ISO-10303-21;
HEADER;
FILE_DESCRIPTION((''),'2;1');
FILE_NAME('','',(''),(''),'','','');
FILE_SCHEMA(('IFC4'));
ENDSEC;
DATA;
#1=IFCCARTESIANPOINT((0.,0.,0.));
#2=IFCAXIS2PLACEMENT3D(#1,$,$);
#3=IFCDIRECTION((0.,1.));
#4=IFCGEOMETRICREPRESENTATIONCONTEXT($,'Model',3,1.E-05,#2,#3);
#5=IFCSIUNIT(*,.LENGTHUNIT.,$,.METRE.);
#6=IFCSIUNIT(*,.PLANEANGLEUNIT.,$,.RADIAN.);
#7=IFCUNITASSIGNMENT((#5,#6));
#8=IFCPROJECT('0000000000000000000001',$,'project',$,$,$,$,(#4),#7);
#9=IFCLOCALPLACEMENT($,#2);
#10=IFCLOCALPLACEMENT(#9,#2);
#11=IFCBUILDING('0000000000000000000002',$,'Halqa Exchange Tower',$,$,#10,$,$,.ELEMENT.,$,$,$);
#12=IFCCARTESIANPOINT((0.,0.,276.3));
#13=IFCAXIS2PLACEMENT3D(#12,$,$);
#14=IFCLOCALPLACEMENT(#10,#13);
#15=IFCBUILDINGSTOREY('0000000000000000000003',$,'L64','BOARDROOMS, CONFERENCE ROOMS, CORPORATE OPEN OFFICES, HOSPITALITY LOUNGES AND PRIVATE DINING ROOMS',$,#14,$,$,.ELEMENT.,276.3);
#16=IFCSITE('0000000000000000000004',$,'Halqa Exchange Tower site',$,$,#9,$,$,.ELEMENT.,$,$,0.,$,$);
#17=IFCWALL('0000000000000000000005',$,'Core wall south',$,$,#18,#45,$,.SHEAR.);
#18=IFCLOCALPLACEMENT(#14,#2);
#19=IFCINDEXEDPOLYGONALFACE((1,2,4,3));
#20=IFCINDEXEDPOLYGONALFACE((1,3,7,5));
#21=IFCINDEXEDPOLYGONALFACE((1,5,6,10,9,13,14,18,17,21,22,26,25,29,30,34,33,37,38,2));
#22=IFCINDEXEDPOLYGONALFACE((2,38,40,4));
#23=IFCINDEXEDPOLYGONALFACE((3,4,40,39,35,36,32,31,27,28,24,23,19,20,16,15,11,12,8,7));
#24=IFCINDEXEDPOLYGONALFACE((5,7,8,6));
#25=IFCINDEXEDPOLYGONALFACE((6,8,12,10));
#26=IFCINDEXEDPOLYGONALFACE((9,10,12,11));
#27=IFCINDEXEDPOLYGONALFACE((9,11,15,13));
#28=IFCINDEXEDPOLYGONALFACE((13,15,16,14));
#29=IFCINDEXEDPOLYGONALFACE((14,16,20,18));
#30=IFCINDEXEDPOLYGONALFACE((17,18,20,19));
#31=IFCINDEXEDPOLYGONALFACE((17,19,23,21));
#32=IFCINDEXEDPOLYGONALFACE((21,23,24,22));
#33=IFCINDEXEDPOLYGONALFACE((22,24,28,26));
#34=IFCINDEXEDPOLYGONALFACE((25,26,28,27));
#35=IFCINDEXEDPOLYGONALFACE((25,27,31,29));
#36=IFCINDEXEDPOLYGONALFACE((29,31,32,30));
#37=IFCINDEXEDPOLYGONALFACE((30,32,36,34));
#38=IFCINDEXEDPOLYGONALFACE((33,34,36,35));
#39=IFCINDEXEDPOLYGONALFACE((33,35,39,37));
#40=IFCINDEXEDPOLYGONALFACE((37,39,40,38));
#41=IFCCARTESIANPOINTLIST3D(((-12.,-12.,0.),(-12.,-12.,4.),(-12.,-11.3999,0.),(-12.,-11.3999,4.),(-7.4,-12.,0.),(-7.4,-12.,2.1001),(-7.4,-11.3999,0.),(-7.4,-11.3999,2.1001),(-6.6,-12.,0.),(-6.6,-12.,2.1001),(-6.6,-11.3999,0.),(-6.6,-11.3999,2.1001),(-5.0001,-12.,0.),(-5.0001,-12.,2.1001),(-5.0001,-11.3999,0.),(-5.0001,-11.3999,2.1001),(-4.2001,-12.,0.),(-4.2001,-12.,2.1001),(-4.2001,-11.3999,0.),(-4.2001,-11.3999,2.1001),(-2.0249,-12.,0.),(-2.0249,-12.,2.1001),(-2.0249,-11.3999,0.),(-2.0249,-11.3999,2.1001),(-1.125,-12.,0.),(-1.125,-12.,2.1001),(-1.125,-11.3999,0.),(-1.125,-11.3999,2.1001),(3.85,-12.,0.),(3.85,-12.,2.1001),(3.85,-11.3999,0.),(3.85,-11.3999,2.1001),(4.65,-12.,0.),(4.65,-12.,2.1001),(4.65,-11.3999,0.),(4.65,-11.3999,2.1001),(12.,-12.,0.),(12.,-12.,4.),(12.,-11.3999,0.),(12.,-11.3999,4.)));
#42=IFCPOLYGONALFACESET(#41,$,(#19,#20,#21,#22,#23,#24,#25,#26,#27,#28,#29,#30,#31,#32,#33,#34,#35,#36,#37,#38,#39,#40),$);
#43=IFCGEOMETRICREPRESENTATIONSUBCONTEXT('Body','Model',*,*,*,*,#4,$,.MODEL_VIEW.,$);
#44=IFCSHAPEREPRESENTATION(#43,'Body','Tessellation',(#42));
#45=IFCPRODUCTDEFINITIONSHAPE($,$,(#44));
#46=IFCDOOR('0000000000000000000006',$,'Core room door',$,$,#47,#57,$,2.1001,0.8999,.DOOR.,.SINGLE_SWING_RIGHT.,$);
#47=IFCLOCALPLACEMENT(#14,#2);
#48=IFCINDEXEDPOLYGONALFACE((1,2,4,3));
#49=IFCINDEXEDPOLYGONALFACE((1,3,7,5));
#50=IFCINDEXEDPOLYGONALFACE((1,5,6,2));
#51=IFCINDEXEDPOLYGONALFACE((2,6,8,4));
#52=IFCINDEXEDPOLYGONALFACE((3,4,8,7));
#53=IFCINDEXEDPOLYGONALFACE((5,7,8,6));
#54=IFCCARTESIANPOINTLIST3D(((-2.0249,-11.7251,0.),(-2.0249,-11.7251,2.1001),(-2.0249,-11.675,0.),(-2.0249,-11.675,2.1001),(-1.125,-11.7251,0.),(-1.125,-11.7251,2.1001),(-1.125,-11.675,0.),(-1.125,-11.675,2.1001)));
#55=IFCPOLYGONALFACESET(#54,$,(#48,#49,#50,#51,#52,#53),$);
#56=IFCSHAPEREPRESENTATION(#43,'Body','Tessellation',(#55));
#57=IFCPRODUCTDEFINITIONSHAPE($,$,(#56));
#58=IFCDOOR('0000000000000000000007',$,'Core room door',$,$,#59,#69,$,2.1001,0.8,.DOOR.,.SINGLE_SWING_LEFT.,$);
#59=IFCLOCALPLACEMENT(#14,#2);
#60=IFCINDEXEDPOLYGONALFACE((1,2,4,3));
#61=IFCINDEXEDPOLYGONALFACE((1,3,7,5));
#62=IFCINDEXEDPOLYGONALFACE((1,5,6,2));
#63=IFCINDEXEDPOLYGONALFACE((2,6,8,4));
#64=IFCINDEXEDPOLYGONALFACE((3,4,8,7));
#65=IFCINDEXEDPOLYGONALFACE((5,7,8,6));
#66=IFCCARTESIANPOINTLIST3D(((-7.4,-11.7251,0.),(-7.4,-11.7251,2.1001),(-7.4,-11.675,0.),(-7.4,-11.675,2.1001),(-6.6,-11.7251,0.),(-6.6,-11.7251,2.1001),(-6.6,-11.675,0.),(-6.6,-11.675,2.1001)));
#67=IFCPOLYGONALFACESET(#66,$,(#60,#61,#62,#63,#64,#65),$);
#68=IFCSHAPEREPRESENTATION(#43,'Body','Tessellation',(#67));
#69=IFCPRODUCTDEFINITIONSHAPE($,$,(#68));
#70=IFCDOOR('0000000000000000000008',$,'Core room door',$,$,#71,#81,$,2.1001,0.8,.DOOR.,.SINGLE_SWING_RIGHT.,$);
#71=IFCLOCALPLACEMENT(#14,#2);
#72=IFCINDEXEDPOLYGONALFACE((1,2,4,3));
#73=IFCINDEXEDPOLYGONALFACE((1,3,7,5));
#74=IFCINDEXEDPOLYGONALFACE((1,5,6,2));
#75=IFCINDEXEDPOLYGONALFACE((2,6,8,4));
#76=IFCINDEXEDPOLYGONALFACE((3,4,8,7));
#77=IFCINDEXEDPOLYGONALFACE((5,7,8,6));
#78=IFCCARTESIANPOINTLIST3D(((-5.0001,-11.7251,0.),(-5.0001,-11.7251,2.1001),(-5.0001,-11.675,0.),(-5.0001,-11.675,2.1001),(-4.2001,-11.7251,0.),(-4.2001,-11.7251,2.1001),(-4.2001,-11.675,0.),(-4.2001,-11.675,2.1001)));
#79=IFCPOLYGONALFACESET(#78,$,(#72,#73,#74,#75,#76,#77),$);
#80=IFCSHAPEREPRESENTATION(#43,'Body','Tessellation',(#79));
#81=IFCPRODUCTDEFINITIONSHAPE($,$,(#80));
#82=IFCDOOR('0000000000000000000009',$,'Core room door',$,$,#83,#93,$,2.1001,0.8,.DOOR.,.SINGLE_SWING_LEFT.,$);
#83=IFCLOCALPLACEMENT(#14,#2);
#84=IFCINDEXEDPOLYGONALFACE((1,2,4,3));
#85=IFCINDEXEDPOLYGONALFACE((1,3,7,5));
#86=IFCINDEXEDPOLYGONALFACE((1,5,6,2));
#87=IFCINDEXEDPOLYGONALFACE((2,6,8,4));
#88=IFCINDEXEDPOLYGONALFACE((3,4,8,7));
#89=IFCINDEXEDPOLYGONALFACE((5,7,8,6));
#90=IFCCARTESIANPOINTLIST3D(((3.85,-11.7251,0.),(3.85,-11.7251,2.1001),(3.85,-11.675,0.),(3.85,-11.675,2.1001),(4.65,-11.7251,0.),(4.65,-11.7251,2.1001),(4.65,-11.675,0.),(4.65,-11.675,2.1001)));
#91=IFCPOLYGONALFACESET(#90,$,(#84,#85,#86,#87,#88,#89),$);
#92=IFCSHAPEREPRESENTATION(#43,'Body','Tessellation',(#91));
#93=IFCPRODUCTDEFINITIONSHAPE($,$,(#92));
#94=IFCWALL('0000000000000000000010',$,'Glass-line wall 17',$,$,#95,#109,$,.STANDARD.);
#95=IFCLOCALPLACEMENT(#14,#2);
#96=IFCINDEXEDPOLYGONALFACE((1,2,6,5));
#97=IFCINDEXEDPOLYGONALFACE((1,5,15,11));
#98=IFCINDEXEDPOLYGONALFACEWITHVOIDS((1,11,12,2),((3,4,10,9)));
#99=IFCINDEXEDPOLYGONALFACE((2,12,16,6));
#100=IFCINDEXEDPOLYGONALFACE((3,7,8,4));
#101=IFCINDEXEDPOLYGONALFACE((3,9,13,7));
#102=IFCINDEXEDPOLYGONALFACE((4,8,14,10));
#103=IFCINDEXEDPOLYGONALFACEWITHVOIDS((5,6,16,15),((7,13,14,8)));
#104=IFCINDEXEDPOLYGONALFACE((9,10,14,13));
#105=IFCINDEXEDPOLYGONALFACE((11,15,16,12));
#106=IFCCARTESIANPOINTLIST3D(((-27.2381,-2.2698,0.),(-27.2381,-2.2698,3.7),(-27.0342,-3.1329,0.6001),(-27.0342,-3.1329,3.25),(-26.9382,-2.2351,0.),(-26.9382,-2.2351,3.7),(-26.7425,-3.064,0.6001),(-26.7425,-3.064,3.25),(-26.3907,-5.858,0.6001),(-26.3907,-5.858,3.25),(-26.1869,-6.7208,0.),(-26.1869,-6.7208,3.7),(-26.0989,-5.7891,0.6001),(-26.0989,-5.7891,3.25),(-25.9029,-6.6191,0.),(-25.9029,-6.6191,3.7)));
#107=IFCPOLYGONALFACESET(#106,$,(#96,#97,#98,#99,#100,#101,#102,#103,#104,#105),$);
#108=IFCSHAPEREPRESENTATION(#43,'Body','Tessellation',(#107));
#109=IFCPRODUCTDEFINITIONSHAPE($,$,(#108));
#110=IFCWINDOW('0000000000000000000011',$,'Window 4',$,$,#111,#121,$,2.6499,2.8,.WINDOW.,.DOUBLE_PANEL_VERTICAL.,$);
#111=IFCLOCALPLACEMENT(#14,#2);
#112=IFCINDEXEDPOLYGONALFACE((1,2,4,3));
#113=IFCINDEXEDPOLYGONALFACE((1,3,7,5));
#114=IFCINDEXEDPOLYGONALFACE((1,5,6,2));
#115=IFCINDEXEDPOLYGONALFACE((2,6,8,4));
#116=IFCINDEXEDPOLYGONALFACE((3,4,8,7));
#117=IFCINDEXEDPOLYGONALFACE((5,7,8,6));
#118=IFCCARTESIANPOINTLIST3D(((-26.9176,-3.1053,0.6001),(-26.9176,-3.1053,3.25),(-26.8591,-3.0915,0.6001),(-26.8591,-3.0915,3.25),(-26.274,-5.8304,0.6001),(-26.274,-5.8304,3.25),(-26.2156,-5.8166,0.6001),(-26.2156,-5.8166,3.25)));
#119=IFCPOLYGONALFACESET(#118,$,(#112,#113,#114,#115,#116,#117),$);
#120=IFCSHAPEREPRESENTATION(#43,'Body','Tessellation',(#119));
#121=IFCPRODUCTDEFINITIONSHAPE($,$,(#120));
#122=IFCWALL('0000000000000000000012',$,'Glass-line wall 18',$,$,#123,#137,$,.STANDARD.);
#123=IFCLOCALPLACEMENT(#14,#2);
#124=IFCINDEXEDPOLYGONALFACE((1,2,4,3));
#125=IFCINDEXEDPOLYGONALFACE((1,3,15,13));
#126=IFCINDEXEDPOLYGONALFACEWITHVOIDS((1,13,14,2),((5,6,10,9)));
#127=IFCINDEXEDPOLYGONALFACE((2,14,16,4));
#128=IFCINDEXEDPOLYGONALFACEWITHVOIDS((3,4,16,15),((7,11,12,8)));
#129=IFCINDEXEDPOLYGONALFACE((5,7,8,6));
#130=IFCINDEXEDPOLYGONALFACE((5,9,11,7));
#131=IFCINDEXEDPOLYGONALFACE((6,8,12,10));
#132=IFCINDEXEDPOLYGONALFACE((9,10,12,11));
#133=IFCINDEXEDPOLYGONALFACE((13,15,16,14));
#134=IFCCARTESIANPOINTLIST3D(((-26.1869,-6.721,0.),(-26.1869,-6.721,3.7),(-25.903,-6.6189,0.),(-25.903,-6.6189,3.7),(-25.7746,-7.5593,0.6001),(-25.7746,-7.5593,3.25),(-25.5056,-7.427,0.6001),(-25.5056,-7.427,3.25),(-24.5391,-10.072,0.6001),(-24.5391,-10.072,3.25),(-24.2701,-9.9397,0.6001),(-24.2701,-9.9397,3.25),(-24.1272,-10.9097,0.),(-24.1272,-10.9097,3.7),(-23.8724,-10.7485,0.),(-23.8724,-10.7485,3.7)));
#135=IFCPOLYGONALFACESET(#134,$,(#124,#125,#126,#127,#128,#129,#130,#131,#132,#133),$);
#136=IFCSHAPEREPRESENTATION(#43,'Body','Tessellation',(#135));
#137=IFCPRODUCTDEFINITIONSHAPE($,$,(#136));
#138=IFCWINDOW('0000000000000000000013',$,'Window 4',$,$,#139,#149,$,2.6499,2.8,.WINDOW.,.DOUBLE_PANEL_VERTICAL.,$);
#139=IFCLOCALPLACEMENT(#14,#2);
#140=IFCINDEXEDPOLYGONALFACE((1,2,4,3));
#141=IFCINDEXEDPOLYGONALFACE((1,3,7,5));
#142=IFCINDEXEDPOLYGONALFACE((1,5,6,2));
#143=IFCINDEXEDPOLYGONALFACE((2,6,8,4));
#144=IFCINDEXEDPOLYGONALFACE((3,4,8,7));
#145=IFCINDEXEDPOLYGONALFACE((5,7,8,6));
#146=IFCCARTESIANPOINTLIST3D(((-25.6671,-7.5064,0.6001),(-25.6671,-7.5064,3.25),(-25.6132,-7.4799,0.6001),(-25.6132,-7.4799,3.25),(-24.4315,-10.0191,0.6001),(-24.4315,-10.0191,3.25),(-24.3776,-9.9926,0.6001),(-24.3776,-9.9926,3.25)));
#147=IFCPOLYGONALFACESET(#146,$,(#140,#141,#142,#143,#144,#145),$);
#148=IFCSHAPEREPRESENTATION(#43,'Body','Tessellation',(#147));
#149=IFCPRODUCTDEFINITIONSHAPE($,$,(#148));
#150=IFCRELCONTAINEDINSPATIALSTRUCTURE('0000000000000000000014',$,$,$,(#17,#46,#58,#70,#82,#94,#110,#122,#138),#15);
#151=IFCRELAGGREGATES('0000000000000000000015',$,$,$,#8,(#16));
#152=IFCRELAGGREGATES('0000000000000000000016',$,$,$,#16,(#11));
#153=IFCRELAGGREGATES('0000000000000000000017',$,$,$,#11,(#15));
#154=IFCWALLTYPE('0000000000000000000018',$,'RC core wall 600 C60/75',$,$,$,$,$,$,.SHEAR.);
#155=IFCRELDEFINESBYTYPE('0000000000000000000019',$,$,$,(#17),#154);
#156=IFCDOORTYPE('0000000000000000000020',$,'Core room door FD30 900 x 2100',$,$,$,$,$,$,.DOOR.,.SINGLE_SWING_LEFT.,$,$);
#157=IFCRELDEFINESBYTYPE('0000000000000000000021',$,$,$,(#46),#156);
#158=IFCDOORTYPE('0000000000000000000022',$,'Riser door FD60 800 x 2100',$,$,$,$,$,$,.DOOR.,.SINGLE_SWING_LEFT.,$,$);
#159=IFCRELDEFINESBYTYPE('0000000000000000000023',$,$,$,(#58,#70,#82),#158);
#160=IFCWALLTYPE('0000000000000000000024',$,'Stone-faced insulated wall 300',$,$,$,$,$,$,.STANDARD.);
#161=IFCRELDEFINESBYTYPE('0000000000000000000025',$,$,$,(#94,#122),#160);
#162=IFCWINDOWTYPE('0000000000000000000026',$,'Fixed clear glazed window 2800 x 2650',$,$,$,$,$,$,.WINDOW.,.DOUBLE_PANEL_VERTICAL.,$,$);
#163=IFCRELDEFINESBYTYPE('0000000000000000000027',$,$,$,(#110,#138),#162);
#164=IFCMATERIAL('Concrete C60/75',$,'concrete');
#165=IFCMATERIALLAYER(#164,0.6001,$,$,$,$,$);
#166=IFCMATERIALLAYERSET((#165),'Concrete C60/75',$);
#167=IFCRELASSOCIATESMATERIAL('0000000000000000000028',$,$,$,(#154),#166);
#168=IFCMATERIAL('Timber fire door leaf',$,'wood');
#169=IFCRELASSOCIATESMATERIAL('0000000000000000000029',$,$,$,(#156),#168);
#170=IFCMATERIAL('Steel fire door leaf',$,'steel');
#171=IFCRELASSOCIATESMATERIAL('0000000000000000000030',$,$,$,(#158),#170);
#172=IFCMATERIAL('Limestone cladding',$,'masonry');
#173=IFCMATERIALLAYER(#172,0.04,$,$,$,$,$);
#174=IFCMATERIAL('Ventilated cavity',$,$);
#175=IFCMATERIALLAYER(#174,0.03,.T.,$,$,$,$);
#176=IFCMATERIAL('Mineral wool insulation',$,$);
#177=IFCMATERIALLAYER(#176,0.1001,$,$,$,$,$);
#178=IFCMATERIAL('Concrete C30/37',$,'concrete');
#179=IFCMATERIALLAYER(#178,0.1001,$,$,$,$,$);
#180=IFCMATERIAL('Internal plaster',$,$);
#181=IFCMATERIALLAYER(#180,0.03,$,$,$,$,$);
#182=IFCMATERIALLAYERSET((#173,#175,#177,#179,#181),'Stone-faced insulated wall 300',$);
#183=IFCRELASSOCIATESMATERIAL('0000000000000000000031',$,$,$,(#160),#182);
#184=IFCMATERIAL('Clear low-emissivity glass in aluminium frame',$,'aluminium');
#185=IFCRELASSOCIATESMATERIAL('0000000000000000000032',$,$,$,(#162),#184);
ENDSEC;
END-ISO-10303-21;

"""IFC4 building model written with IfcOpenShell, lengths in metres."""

from ifc_helpers import new_model, si_unit, direction, frame, frame_2d, origin, place, context, subcontext, project, spatial, polyline, rectangle, outline, extrude, material, layer, layer_set, type_object, element, fill, save


model = new_model("IFC4")

# Units and contexts
model_context = context("Model", 3, precision=1e-05, world=origin(), true_north=direction((0.0, 1.0)))
body_context = subcontext(model_context, "Body", "Model", "MODEL_VIEW")
ifc_project = project(units=[si_unit("LENGTHUNIT", "METRE"), si_unit("PLANEANGLEUNIT", "RADIAN")], contexts=[model_context])

# Site, building, storey
site_placement = place(None, origin())
site = spatial("IfcSite", under=ifc_project, at=site_placement, Name="Halqa Exchange Tower site", CompositionType="ELEMENT", RefElevation=0.0)
building_placement = place(site_placement, origin())
building = spatial("IfcBuilding", under=site, at=building_placement, Name="Halqa Exchange Tower", CompositionType="ELEMENT")
storey_placement = place(building_placement, frame((0.0, 0.0, 276.3)))
storey = spatial("IfcBuildingStorey", under=building, at=storey_placement, Name="L64", Description="BOARDROOMS, CONFERENCE ROOMS, CORPORATE OPEN OFFICES, HOSPITALITY LOUNGES AND PRIVATE DINING ROOMS", CompositionType="ELEMENT", Elevation=276.3)

# Shared definitions
ifc_material_1 = material(Name="Concrete C60/75", Category="concrete")

# Wall, openings, doors
ifc_layer_1 = layer(ifc_material_1, 0.6001)
ifc_layer_set_1 = layer_set([ifc_layer_1], Name="Concrete C60/75")
wall_type_1 = type_object("IfcWallType", Name="RC core wall 600 C60/75", PredefinedType="SHEAR", material=ifc_layer_set_1)
wall_1_placement = place(storey_placement, frame((-12.0, -11.7, 0.0), z_axis=(0.0, 0.0, 1.0), x_axis=(1.0, 0.0, 0.0)))
wall_1 = element("IfcWall", 1, at=wall_1_placement, inside=storey, type_object=wall_type_1, Name="Core wall south", PredefinedType="SHEAR", context=body_context, shape_type="SweptSolid", body=[
    extrude(rectangle(XDim=24.0, YDim=0.6001, at=frame_2d((12.0, 0.0))), origin(), (0.0, 0.0, 1.0), 4.0),
])
opening_1_placement = place(wall_1_placement, frame((9.9751, 0.0, 0.0)))
opening_1 = element("IfcOpeningElement", 2, at=opening_1_placement, cuts=wall_1, PredefinedType="OPENING", context=body_context, shape_type="SweptSolid", body=[
    extrude(rectangle(XDim=0.8999, YDim=2.1001, at=frame_2d((0.45, 1.05))), frame((0.0, 0.312, 0.0), z_axis=(0.0, -1.0, 0.0), x_axis=(1.0, 0.0, 0.0)), (0.0, 0.0, 1.0), 0.624),
])
opening_2_placement = place(wall_1_placement, frame((4.6001, 0.0, 0.0)))
opening_2 = element("IfcOpeningElement", 3, at=opening_2_placement, cuts=wall_1, PredefinedType="OPENING", context=body_context, shape_type="SweptSolid", body=[
    extrude(rectangle(XDim=0.8, YDim=2.1001, at=frame_2d((0.3999, 1.05))), frame((0.0, 0.312, 0.0), z_axis=(0.0, -1.0, 0.0), x_axis=(1.0, 0.0, 0.0)), (0.0, 0.0, 1.0), 0.624),
])
opening_3_placement = place(wall_1_placement, frame((7.0, 0.0, 0.0)))
opening_3 = element("IfcOpeningElement", 4, at=opening_3_placement, cuts=wall_1, PredefinedType="OPENING", context=body_context, shape_type="SweptSolid", body=[
    extrude(rectangle(XDim=0.8, YDim=2.1001, at=frame_2d((0.3999, 1.05))), frame((0.0, 0.312, 0.0), z_axis=(0.0, -1.0, 0.0), x_axis=(1.0, 0.0, 0.0)), (0.0, 0.0, 1.0), 0.624),
])
opening_4_placement = place(wall_1_placement, frame((15.8501, 0.0, 0.0)))
opening_4 = element("IfcOpeningElement", 5, at=opening_4_placement, cuts=wall_1, PredefinedType="OPENING", context=body_context, shape_type="SweptSolid", body=[
    extrude(rectangle(XDim=0.8, YDim=2.1001, at=frame_2d((0.3999, 1.05))), frame((0.0, 0.312, 0.0), z_axis=(0.0, -1.0, 0.0), x_axis=(1.0, 0.0, 0.0)), (0.0, 0.0, 1.0), 0.624),
])
ifc_material_2 = material(Name="Timber fire door leaf", Category="wood")
door_type_1 = type_object("IfcDoorType", Name="Core room door FD30 900 x 2100", OperationType="SINGLE_SWING_LEFT", PredefinedType="DOOR", material=ifc_material_2)
door_1_placement = place(opening_1_placement, origin())
door_1 = element("IfcDoor", 6, at=door_1_placement, inside=storey, type_object=door_type_1, Name="Core room door", OperationType="SINGLE_SWING_RIGHT", OverallHeight=2.1001, OverallWidth=0.8999, PredefinedType="DOOR", context=body_context, shape_type="SweptSolid", body=[
    extrude(rectangle(XDim=0.8999, YDim=2.1001, at=frame_2d((0.45, 1.05))), frame((0.0, 0.0249, 0.0), z_axis=(0.0, -1.0, 0.0), x_axis=(1.0, 0.0, 0.0)), (0.0, 0.0, 1.0), 0.05),
])
fill(opening_1, door_1)
ifc_material_3 = material(Name="Steel fire door leaf", Category="steel")
door_type_2 = type_object("IfcDoorType", Name="Riser door FD60 800 x 2100", OperationType="SINGLE_SWING_LEFT", PredefinedType="DOOR", material=ifc_material_3)
door_2_placement = place(opening_2_placement, origin())
door_2 = element("IfcDoor", 7, at=door_2_placement, inside=storey, type_object=door_type_2, Name="Core room door", OperationType="SINGLE_SWING_LEFT", OverallHeight=2.1001, OverallWidth=0.8, PredefinedType="DOOR", context=body_context, shape_type="SweptSolid", body=[
    extrude(rectangle(XDim=0.8, YDim=2.1001, at=frame_2d((0.3999, 1.05))), frame((0.0, 0.0249, 0.0), z_axis=(0.0, -1.0, 0.0), x_axis=(1.0, 0.0, 0.0)), (0.0, 0.0, 1.0), 0.05),
])
fill(opening_2, door_2)
door_3_placement = place(opening_3_placement, origin())
door_3 = element("IfcDoor", 8, at=door_3_placement, inside=storey, type_object=door_type_2, Name="Core room door", OperationType="SINGLE_SWING_RIGHT", OverallHeight=2.1001, OverallWidth=0.8, PredefinedType="DOOR", context=body_context, shape_type="SweptSolid", body=[
    extrude(rectangle(XDim=0.8, YDim=2.1001, at=frame_2d((0.3999, 1.05))), frame((0.0, 0.0249, 0.0), z_axis=(0.0, -1.0, 0.0), x_axis=(1.0, 0.0, 0.0)), (0.0, 0.0, 1.0), 0.05),
])
fill(opening_3, door_3)
door_4_placement = place(opening_4_placement, origin())
door_4 = element("IfcDoor", 9, at=door_4_placement, inside=storey, type_object=door_type_2, Name="Core room door", OperationType="SINGLE_SWING_LEFT", OverallHeight=2.1001, OverallWidth=0.8, PredefinedType="DOOR", context=body_context, shape_type="SweptSolid", body=[
    extrude(rectangle(XDim=0.8, YDim=2.1001, at=frame_2d((0.3999, 1.05))), frame((0.0, 0.0249, 0.0), z_axis=(0.0, -1.0, 0.0), x_axis=(1.0, 0.0, 0.0)), (0.0, 0.0, 1.0), 0.05),
])
fill(opening_4, door_4)

# Walls, openings, windows
ifc_material_4 = material(Name="Limestone cladding", Category="masonry")
ifc_layer_2 = layer(ifc_material_4, 0.04)
ifc_material_5 = material(Name="Ventilated cavity")
ifc_layer_3 = layer(ifc_material_5, 0.03, ventilated=True)
ifc_material_6 = material(Name="Mineral wool insulation")
ifc_layer_4 = layer(ifc_material_6, 0.1001)
ifc_material_7 = material(Name="Concrete C30/37", Category="concrete")
ifc_layer_5 = layer(ifc_material_7, 0.1001)
ifc_material_8 = material(Name="Internal plaster")
ifc_layer_6 = layer(ifc_material_8, 0.03)
ifc_layer_set_2 = layer_set([ifc_layer_2, ifc_layer_3, ifc_layer_4, ifc_layer_5, ifc_layer_6], Name="Stone-faced insulated wall 300")
wall_type_2 = type_object("IfcWallType", Name="Stone-faced insulated wall 300", PredefinedType="STANDARD", material=ifc_layer_set_2)
wall_2_placement = place(storey_placement, frame((-27.0881, -2.2524, 0.0), z_axis=(0.0, 0.0, 1.0), x_axis=(0.229834, -0.97323, 0.0)))
wall_2 = element("IfcWall", 10, at=wall_2_placement, inside=storey, type_object=wall_type_2, Name="Glass-line wall 17", PredefinedType="STANDARD", context=body_context, shape_type="SweptSolid", body=[
    extrude(outline(polyline([(-0.0176, -0.1499), (4.5559, -0.1499), (4.5222, 0.1499), (0.0176, 0.1499), (-0.0176, -0.1499)])), origin(), (0.0, 0.0, 1.0), 3.7),
])
opening_5_placement = place(wall_2_placement, frame((0.8694, 0.0, 0.6001)))
opening_5 = element("IfcOpeningElement", 11, at=opening_5_placement, cuts=wall_2, PredefinedType="OPENING", context=body_context, shape_type="SweptSolid", body=[
    extrude(rectangle(XDim=2.8, YDim=2.6499, at=frame_2d((1.3999, 1.325))), frame((0.0, 0.1621, 0.0), z_axis=(0.0, -1.0, 0.0), x_axis=(1.0, 0.0, 0.0)), (0.0, 0.0, 1.0), 0.324),
])
ifc_material_9 = material(Name="Clear low-emissivity glass in aluminium frame", Category="aluminium")
window_type = type_object("IfcWindowType", Name="Fixed clear glazed window 2800 x 2650", PartitioningType="DOUBLE_PANEL_VERTICAL", PredefinedType="WINDOW", material=ifc_material_9)
window_1_placement = place(opening_5_placement, origin())
window_1 = element("IfcWindow", 12, at=window_1_placement, inside=storey, type_object=window_type, Name="Window 4", OverallHeight=2.6499, OverallWidth=2.8, PartitioningType="DOUBLE_PANEL_VERTICAL", PredefinedType="WINDOW", context=body_context, shape_type="SweptSolid", body=[
    extrude(rectangle(XDim=2.8, YDim=2.6499, at=frame_2d((1.3999, 1.325))), frame((0.0, 0.03, 0.0), z_axis=(0.0, -1.0, 0.0), x_axis=(1.0, 0.0, 0.0)), (0.0, 0.0, 1.0), 0.0601),
])
fill(opening_5, window_1)
wall_3_placement = place(storey_placement, frame((-26.0449, -6.6699, 0.0), z_axis=(0.0, 0.0, 1.0), x_axis=(0.441262, -0.897378, 0.0)))
wall_3 = element("IfcWall", 13, at=wall_3_placement, inside=storey, type_object=wall_type_2, Name="Glass-line wall 18", PredefinedType="STANDARD", context=body_context, shape_type="SweptSolid", body=[
    extrude(outline(polyline([(-0.0168, -0.1499), (4.6509, -0.1499), (4.6187, 0.1499), (0.0168, 0.1499), (-0.0168, -0.1499)])), origin(), (0.0, 0.0, 1.0), 3.7),
])
opening_6_placement = place(wall_3_placement, frame((0.9175, 0.0, 0.6001)))
opening_6 = element("IfcOpeningElement", 14, at=opening_6_placement, cuts=wall_3, PredefinedType="OPENING", context=body_context, shape_type="SweptSolid", body=[
    extrude(rectangle(XDim=2.8, YDim=2.6499, at=frame_2d((1.3999, 1.325))), frame((0.0, 0.1621, 0.0), z_axis=(0.0, -1.0, 0.0), x_axis=(1.0, 0.0, 0.0)), (0.0, 0.0, 1.0), 0.324),
])
window_2_placement = place(opening_6_placement, origin())
window_2 = element("IfcWindow", 15, at=window_2_placement, inside=storey, type_object=window_type, Name="Window 4", OverallHeight=2.6499, OverallWidth=2.8, PartitioningType="DOUBLE_PANEL_VERTICAL", PredefinedType="WINDOW", context=body_context, shape_type="SweptSolid", body=[
    extrude(rectangle(XDim=2.8, YDim=2.6499, at=frame_2d((1.3999, 1.325))), frame((0.0, 0.03, 0.0), z_axis=(0.0, -1.0, 0.0), x_axis=(1.0, 0.0, 0.0)), (0.0, 0.0, 1.0), 0.0601),
])
fill(opening_6, window_2)

save(model, "model.ifc")
